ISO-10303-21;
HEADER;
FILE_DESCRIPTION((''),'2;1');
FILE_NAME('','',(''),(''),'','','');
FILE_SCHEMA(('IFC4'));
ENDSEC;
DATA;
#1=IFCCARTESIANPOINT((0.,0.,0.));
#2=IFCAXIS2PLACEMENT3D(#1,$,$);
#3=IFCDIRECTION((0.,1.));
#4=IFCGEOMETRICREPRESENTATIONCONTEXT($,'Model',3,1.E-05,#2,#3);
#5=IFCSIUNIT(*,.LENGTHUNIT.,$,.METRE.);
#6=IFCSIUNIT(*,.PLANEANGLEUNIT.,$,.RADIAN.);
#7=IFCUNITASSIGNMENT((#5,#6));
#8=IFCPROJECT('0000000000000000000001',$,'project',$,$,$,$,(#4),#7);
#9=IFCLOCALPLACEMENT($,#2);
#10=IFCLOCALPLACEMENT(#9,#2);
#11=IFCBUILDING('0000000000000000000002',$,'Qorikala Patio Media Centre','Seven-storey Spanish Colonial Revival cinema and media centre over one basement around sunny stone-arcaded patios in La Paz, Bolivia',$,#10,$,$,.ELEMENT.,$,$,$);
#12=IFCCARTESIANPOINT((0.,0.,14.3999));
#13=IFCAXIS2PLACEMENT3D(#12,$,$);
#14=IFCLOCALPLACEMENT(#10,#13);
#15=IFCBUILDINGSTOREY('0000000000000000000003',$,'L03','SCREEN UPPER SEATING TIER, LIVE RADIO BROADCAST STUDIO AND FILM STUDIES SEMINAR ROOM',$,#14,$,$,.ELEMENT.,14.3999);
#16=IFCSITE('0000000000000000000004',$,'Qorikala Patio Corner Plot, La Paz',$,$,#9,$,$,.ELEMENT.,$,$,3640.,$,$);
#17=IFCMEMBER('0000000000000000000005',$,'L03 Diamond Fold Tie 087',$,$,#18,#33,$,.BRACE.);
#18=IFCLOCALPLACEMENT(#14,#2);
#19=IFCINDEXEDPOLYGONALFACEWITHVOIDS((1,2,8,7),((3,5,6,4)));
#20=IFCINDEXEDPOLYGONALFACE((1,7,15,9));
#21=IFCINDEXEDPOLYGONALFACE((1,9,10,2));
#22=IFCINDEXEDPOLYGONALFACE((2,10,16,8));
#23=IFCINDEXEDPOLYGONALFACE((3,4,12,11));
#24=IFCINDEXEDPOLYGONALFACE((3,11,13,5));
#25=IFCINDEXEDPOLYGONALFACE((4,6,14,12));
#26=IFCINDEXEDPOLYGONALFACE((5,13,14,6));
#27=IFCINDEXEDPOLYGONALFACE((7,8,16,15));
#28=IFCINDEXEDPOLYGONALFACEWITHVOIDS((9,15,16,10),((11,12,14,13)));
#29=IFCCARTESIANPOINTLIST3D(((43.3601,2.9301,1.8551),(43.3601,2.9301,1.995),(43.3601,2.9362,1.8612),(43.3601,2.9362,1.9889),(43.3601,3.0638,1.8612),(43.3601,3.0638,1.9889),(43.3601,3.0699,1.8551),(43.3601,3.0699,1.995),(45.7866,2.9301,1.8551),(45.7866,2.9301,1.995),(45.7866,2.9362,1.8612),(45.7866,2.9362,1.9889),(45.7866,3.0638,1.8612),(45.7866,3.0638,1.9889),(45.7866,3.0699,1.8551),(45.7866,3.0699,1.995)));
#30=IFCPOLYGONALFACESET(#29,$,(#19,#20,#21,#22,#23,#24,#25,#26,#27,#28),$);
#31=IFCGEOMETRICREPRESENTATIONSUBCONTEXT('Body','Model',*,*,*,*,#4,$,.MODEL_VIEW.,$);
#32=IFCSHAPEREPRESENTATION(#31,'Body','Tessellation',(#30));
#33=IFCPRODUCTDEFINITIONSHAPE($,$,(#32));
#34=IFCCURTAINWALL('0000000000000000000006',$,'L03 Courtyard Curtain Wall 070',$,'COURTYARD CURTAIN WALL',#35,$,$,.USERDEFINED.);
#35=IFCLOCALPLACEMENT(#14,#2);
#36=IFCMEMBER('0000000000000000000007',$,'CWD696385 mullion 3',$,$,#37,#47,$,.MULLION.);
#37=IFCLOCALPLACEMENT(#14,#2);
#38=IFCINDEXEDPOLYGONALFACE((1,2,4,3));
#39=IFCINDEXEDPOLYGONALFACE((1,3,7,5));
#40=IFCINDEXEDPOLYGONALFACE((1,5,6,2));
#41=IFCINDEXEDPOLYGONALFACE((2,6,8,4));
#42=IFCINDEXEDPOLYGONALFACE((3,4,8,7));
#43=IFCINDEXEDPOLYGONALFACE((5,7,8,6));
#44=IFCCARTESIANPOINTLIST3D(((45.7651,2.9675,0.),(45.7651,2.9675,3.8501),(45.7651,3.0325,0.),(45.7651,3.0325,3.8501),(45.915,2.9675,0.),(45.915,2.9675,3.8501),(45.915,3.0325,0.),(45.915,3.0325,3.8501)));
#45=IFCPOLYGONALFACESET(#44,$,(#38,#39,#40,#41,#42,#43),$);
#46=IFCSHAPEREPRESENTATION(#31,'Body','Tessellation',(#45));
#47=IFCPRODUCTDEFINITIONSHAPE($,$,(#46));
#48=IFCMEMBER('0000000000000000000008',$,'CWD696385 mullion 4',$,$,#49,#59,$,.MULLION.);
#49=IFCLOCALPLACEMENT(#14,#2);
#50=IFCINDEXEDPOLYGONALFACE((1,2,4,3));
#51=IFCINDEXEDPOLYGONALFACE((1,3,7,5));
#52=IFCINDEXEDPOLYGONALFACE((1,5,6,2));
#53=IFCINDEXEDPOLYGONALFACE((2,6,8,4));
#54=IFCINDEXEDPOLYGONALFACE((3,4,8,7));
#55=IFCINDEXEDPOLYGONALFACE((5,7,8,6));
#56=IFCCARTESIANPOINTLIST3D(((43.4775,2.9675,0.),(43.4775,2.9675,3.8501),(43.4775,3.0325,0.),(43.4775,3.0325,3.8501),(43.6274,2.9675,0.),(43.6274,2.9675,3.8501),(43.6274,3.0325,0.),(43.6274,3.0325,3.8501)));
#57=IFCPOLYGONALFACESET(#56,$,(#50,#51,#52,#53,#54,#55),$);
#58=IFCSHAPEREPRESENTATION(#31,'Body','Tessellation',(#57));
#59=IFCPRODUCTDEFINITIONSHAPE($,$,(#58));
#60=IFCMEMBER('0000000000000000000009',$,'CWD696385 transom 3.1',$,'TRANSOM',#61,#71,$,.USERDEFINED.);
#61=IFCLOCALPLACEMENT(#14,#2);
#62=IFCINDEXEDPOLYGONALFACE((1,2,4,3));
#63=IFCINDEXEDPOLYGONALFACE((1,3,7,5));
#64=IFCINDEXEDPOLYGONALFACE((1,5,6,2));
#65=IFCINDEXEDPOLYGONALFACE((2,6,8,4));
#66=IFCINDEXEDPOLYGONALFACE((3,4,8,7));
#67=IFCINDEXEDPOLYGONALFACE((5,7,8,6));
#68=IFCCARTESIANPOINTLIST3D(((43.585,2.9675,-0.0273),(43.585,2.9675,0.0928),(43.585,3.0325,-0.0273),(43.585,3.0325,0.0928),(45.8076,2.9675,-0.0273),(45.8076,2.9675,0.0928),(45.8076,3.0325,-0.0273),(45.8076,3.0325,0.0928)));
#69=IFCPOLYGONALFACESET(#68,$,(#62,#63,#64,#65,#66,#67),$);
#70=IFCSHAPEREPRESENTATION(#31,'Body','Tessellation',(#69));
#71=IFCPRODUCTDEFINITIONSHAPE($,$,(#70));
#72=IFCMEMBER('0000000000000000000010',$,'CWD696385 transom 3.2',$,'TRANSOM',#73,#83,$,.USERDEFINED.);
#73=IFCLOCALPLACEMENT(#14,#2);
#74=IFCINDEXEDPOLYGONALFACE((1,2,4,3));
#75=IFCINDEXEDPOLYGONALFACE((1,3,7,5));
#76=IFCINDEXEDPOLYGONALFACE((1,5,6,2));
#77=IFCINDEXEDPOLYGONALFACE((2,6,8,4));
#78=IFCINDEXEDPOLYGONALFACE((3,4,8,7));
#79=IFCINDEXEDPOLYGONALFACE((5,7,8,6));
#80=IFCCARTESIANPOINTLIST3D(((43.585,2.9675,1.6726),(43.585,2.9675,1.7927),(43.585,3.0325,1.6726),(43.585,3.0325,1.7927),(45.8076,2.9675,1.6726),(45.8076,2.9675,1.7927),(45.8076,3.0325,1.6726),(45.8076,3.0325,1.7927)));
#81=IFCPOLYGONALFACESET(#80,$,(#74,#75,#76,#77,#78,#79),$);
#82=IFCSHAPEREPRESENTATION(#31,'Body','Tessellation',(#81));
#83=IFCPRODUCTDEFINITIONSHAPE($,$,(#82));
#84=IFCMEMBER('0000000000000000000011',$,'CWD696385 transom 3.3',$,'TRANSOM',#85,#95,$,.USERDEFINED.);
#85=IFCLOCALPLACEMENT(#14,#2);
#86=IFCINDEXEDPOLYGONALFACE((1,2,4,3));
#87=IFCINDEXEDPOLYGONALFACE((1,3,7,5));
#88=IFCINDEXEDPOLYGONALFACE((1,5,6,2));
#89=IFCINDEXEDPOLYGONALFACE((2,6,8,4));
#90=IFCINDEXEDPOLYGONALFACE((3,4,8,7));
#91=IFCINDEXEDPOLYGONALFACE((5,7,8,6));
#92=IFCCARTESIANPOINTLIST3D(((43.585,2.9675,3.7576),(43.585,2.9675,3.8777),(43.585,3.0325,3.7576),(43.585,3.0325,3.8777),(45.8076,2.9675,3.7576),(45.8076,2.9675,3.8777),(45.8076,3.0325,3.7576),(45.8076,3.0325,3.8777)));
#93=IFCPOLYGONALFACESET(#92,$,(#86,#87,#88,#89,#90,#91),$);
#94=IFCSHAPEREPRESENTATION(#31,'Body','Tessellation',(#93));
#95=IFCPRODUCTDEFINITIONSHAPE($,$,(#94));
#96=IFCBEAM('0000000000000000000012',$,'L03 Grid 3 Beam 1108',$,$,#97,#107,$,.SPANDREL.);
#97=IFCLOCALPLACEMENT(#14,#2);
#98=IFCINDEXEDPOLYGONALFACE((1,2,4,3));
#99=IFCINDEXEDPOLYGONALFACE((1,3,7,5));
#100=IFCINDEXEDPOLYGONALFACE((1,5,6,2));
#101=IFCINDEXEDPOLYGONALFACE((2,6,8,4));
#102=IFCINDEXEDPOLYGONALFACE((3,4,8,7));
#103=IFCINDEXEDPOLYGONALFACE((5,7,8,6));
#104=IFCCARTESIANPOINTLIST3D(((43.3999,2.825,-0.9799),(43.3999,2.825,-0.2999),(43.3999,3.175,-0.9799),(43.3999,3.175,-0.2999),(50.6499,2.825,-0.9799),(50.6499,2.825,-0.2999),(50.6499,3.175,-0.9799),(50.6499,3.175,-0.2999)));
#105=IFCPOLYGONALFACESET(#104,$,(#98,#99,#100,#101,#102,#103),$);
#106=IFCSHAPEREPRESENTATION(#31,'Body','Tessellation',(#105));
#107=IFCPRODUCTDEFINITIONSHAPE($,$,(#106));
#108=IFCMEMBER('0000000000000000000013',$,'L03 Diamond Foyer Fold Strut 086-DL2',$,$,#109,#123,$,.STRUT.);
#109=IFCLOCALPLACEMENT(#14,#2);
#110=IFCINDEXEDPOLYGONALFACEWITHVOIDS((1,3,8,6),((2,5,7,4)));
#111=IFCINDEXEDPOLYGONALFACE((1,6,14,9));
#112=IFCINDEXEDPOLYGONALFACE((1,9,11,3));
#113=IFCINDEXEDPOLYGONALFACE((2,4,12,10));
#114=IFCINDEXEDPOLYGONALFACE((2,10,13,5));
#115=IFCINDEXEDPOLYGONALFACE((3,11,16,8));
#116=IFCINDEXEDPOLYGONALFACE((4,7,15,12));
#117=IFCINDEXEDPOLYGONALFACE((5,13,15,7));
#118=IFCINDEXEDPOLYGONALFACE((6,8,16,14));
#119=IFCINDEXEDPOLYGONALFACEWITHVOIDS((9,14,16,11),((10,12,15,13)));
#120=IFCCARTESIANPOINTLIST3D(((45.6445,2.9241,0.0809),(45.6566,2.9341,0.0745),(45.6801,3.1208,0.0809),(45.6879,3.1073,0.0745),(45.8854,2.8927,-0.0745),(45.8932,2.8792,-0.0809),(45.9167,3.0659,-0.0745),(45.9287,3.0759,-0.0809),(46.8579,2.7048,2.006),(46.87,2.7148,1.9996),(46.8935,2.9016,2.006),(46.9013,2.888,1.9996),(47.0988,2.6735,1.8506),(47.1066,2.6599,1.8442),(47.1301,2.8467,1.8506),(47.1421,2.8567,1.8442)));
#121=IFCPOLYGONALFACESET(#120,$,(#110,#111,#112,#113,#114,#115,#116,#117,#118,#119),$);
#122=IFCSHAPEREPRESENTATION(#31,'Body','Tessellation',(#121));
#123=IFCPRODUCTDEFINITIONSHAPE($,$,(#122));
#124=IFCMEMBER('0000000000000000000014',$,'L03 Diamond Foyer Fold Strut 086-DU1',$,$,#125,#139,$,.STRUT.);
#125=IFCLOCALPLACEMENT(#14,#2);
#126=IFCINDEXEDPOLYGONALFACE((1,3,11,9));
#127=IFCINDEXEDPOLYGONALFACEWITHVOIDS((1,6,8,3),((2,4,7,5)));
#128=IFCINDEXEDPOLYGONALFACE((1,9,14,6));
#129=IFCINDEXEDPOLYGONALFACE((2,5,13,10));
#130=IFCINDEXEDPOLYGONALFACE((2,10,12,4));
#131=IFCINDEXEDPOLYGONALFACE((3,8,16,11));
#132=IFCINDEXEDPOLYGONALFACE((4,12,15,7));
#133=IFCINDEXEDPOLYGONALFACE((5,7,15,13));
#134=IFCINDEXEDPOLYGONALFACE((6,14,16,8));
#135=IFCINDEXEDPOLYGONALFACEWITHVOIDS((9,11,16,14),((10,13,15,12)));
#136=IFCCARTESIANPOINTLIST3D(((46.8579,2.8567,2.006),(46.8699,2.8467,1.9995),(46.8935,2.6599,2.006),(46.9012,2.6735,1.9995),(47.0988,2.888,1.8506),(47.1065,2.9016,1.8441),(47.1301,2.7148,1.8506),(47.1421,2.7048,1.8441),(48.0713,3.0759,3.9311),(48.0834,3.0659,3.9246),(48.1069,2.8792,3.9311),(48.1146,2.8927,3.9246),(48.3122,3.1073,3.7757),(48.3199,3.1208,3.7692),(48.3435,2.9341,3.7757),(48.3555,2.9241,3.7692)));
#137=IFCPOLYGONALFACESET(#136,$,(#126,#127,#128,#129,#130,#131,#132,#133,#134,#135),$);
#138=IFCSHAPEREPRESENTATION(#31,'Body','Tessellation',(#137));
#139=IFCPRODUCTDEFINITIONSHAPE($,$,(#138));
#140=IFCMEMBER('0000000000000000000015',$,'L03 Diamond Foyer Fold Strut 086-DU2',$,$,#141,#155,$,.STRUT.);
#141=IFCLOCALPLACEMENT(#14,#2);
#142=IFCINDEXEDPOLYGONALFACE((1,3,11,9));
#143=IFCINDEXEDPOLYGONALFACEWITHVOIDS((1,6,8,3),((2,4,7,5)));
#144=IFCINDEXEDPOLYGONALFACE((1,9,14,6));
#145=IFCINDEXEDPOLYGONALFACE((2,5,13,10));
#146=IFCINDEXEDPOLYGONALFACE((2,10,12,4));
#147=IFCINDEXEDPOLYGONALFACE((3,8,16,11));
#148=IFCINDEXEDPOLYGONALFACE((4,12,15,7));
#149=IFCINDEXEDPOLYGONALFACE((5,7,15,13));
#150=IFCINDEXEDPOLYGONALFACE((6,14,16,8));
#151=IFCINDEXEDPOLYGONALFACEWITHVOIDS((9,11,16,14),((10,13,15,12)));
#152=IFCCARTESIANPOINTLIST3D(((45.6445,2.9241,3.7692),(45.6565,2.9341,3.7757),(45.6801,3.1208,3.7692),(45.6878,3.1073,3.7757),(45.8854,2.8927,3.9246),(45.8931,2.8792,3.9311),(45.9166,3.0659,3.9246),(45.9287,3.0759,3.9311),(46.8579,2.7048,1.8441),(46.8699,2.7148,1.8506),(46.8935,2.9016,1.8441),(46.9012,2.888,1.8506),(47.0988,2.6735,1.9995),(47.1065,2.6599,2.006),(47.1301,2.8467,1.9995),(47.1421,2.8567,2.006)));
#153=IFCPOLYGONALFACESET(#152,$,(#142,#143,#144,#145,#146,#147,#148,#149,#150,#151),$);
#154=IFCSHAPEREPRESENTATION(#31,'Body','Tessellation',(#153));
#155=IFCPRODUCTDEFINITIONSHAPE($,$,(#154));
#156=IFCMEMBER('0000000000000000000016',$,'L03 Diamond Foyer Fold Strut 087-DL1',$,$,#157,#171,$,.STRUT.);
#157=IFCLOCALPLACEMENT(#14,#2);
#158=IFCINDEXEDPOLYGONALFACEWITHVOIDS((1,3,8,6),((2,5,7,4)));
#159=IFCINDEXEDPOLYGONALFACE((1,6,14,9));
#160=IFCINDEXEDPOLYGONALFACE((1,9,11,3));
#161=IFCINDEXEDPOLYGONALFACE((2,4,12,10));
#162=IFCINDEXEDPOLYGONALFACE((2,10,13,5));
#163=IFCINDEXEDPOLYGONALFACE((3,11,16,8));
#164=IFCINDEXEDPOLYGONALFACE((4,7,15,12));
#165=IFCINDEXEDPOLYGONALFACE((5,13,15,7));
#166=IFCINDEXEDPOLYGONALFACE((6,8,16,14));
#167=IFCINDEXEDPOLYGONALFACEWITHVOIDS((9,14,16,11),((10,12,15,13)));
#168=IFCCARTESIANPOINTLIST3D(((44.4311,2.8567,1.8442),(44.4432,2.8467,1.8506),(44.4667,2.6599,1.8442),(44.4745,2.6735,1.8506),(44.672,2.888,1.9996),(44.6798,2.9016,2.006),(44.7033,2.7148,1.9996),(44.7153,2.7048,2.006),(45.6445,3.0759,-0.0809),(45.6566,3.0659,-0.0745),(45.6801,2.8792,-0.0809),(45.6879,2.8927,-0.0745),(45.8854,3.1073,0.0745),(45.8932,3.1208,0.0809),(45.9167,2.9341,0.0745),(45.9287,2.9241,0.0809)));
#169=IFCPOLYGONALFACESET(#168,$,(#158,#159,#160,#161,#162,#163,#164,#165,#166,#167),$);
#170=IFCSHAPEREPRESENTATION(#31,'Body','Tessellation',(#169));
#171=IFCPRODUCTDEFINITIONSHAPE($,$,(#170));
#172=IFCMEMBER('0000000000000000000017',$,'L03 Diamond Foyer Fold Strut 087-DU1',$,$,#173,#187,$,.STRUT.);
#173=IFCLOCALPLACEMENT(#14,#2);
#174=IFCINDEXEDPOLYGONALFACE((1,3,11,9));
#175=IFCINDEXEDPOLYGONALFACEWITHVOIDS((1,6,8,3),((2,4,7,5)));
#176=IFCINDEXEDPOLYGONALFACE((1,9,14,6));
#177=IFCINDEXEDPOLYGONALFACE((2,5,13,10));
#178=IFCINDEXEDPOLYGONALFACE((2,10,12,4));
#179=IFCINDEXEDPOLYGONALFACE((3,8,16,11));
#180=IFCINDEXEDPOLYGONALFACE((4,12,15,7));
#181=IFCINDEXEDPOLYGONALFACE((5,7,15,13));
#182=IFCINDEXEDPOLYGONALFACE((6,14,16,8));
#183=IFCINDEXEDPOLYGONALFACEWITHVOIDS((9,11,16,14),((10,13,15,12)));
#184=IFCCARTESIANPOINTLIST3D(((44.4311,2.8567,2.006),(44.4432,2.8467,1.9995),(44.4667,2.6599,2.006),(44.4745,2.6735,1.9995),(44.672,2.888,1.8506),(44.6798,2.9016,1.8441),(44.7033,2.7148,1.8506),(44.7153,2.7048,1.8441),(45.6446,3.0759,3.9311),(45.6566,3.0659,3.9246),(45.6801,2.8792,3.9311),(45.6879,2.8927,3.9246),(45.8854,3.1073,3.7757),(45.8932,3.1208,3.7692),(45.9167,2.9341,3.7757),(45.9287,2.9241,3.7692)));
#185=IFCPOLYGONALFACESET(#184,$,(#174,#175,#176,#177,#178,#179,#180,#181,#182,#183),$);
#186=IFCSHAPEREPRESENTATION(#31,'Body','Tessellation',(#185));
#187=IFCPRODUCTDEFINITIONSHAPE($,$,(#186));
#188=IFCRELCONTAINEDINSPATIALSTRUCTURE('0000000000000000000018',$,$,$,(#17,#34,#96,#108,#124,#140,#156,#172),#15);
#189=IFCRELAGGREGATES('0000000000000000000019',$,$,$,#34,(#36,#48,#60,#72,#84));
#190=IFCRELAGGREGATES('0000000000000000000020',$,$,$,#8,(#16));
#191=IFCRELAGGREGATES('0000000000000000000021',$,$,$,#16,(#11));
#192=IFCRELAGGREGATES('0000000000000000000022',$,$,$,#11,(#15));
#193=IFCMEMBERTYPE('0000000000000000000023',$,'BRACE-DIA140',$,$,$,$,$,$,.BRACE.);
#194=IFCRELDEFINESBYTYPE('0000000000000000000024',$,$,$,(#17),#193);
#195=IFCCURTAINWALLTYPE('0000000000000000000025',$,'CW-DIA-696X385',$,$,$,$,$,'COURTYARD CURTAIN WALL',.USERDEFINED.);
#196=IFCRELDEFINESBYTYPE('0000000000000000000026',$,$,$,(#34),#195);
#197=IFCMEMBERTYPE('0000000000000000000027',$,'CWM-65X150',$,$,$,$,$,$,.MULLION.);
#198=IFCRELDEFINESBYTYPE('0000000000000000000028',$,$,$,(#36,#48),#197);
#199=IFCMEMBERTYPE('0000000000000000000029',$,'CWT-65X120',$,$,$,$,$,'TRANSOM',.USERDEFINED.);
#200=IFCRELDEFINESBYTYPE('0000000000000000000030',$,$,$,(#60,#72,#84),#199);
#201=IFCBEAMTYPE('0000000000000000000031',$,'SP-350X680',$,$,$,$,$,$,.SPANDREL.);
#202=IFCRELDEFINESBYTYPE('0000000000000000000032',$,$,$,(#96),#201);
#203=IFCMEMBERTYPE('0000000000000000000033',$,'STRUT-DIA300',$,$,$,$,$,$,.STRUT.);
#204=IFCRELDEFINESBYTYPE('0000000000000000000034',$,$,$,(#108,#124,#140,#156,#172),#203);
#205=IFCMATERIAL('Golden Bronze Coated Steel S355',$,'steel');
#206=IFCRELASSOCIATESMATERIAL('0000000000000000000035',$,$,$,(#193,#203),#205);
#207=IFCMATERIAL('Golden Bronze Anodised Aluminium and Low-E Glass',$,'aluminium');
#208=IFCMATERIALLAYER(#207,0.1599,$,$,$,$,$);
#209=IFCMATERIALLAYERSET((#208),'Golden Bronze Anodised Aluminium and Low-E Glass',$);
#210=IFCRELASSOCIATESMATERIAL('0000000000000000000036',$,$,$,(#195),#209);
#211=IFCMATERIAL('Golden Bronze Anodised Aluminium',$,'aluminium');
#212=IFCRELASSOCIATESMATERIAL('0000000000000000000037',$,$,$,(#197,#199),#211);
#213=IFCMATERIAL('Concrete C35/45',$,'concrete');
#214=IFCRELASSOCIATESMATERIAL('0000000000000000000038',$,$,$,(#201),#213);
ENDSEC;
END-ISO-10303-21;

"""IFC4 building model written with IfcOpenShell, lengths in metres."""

from ifc_helpers import new_model, si_unit, direction, frame, origin, origin_2d, place, context, subcontext, project, spatial, rectangle, hollow_rectangle, extrude, material, layer, layer_set, material_profile, profile_set, type_object, element, aggregate, save


model = new_model("IFC4")

# Units and contexts
model_context = context("Model", 3, precision=1e-05, world=origin(), true_north=direction((0.0, 1.0)))
body_context = subcontext(model_context, "Body", "Model", "MODEL_VIEW")
ifc_project = project(units=[si_unit("LENGTHUNIT", "METRE"), si_unit("PLANEANGLEUNIT", "RADIAN")], contexts=[model_context])

# Site, building, storey
site_placement = place(None, origin())
site = spatial("IfcSite", under=ifc_project, at=site_placement, Name="Qorikala Patio Corner Plot, La Paz", CompositionType="ELEMENT", RefElevation=3640.0)
building_placement = place(site_placement, origin())
building = spatial("IfcBuilding", under=site, at=building_placement, Name="Qorikala Patio Media Centre", Description="Seven-storey Spanish Colonial Revival cinema and media centre over one basement around sunny stone-arcaded patios in La Paz, Bolivia", CompositionType="ELEMENT")
storey_placement = place(building_placement, frame((0.0, 0.0, 14.3999)))
storey = spatial("IfcBuildingStorey", under=building, at=storey_placement, Name="L03", Description="SCREEN UPPER SEATING TIER, LIVE RADIO BROADCAST STUDIO AND FILM STUDIES SEMINAR ROOM", CompositionType="ELEMENT", Elevation=14.3999)

# Member
ifc_material_1 = material(Name="Golden Bronze Coated Steel S355", Category="steel")
ifc_material_profile_1 = material_profile(ifc_material_1, hollow_rectangle(XDim=0.1399, YDim=0.1399, WallThickness=0.0061, at=origin_2d()), Name="HSS140X140X6")
ifc_profile_set_1 = profile_set([ifc_material_profile_1], Name="Golden Bronze Coated Steel S355")
member_type_1 = type_object("IfcMemberType", Name="BRACE-DIA140", PredefinedType="BRACE", material=ifc_profile_set_1)
member_1_placement = place(storey_placement, frame((45.7866, 3.0, 1.925), z_axis=(-1.0, 0.0, 0.0), x_axis=(0.0, -1.0, 0.0)))
element("IfcMember", 1, at=member_1_placement, inside=storey, type_object=member_type_1, Name="L03 Diamond Fold Tie 087", PredefinedType="BRACE", context=body_context, shape_type="SweptSolid", body=[
    extrude(hollow_rectangle(XDim=0.1399, YDim=0.1399, WallThickness=0.0061, at=origin_2d()), origin(), (0.0, 0.0, 1.0), 2.4265),
])

# Curtain wall, members
ifc_material_2 = material(Name="Golden Bronze Anodised Aluminium and Low-E Glass", Category="aluminium")
ifc_layer_1 = layer(ifc_material_2, 0.1599)
ifc_layer_set_1 = layer_set([ifc_layer_1], Name="Golden Bronze Anodised Aluminium and Low-E Glass")
curtain_wall_type = type_object("IfcCurtainWallType", Name="CW-DIA-696X385", ElementType="COURTYARD CURTAIN WALL", PredefinedType="USERDEFINED", material=ifc_layer_set_1)
curtain_wall_placement = place(storey_placement, origin())
curtain_wall = element("IfcCurtainWall", 2, at=curtain_wall_placement, inside=storey, type_object=curtain_wall_type, Name="L03 Courtyard Curtain Wall 070", ObjectType="COURTYARD CURTAIN WALL", PredefinedType="USERDEFINED")
ifc_material_3 = material(Name="Golden Bronze Anodised Aluminium", Category="aluminium")
ifc_material_profile_2 = material_profile(ifc_material_3, rectangle(XDim=0.0649, YDim=0.1499, at=origin_2d()), Name="ALU MULLION 65x150")
ifc_profile_set_2 = profile_set([ifc_material_profile_2], Name="Golden Bronze Anodised Aluminium")
member_type_2 = type_object("IfcMemberType", Name="CWM-65X150", PredefinedType="MULLION", material=ifc_profile_set_2)
member_2_placement = place(storey_placement, frame((45.8401, 3.0, 0.0), z_axis=(0.0, 0.0, 1.0), x_axis=(0.0, -1.0, 0.0)))
member_2 = element("IfcMember", 3, at=member_2_placement, type_object=member_type_2, Name="CWD696385 mullion 3", PredefinedType="MULLION", context=body_context, shape_type="SweptSolid", body=[
    extrude(rectangle(XDim=0.0649, YDim=0.1499, at=origin_2d()), origin(), (0.0, 0.0, 1.0), 3.8501),
])
member_3_placement = place(storey_placement, frame((43.5525, 3.0, 0.0), z_axis=(0.0, 0.0, 1.0), x_axis=(0.0, -1.0, 0.0)))
member_3 = element("IfcMember", 4, at=member_3_placement, type_object=member_type_2, Name="CWD696385 mullion 4", PredefinedType="MULLION", context=body_context, shape_type="SweptSolid", body=[
    extrude(rectangle(XDim=0.0649, YDim=0.1499, at=origin_2d()), origin(), (0.0, 0.0, 1.0), 3.8501),
])
ifc_material_profile_3 = material_profile(ifc_material_3, rectangle(XDim=0.0649, YDim=0.1201, at=origin_2d()), Name="ALU TRANSOM 65x120")
ifc_profile_set_3 = profile_set([ifc_material_profile_3], Name="Golden Bronze Anodised Aluminium")
member_type_3 = type_object("IfcMemberType", Name="CWT-65X120", ElementType="TRANSOM", PredefinedType="USERDEFINED", material=ifc_profile_set_3)
member_4_placement = place(storey_placement, frame((45.8076, 3.0, 0.0327), z_axis=(-1.0, 0.0, 0.0), x_axis=(0.0, -1.0, 0.0)))
member_4 = element("IfcMember", 5, at=member_4_placement, type_object=member_type_3, Name="CWD696385 transom 3.1", ObjectType="TRANSOM", PredefinedType="USERDEFINED", context=body_context, shape_type="SweptSolid", body=[
    extrude(rectangle(XDim=0.0649, YDim=0.1201, at=origin_2d()), origin(), (0.0, 0.0, 1.0), 2.2227),
])
member_5_placement = place(storey_placement, frame((45.8076, 3.0, 1.7327), z_axis=(-1.0, 0.0, 0.0), x_axis=(0.0, -1.0, 0.0)))
member_5 = element("IfcMember", 6, at=member_5_placement, type_object=member_type_3, Name="CWD696385 transom 3.2", ObjectType="TRANSOM", PredefinedType="USERDEFINED", context=body_context, shape_type="SweptSolid", body=[
    extrude(rectangle(XDim=0.0649, YDim=0.1201, at=origin_2d()), origin(), (0.0, 0.0, 1.0), 2.2227),
])
member_6_placement = place(storey_placement, frame((45.8076, 3.0, 3.8176), z_axis=(-1.0, 0.0, 0.0), x_axis=(0.0, -1.0, 0.0)))
member_6 = element("IfcMember", 7, at=member_6_placement, type_object=member_type_3, Name="CWD696385 transom 3.3", ObjectType="TRANSOM", PredefinedType="USERDEFINED", context=body_context, shape_type="SweptSolid", body=[
    extrude(rectangle(XDim=0.0649, YDim=0.1201, at=origin_2d()), origin(), (0.0, 0.0, 1.0), 2.2227),
])

# Beam
ifc_material_4 = material(Name="Concrete C35/45", Category="concrete")
ifc_material_profile_4 = material_profile(ifc_material_4, rectangle(XDim=0.3501, YDim=0.6799, at=origin_2d()), Name="RC 350x680")
ifc_profile_set_4 = profile_set([ifc_material_profile_4], Name="Concrete C35/45")
beam_type = type_object("IfcBeamType", Name="SP-350X680", PredefinedType="SPANDREL", material=ifc_profile_set_4)
beam_placement = place(storey_placement, frame((43.3999, 3.0, -0.6399), z_axis=(1.0, 0.0, 0.0), x_axis=(0.0, 1.0, 0.0)))
element("IfcBeam", 8, at=beam_placement, inside=storey, type_object=beam_type, Name="L03 Grid 3 Beam 1108", PredefinedType="SPANDREL", context=body_context, shape_type="SweptSolid", body=[
    extrude(rectangle(XDim=0.3501, YDim=0.6799, at=origin_2d()), origin(), (0.0, 0.0, 1.0), 7.25),
])

# Members
ifc_material_profile_5 = material_profile(ifc_material_1, hollow_rectangle(XDim=0.2, YDim=0.3, WallThickness=0.012, at=origin_2d()), Name="HSS300X200X12")
ifc_profile_set_5 = profile_set([ifc_material_profile_5], Name="Golden Bronze Coated Steel S355")
member_type_4 = type_object("IfcMemberType", Name="STRUT-DIA300", PredefinedType="STRUT", material=ifc_profile_set_5)
for number, where, z_axis, x_axis, name in (
    (9, (45.7866, 3.0, 0.0), (0.530768, -0.095901, 0.842074), (0.177805, 0.984066, 0.0), "L03 Diamond Foyer Fold Strut 086-DL2"),
    (10, (47.0, 2.7808, 1.925), (0.530768, 0.095901, 0.842074), (-0.177805, 0.984066, 0.0), "L03 Diamond Foyer Fold Strut 086-DU1"),
    (11, (47.0, 2.7808, 1.925), (-0.530768, 0.095901, 0.842074), (-0.177805, -0.984066, 0.0), "L03 Diamond Foyer Fold Strut 086-DU2"),
    (12, (45.7866, 3.0, 0.0), (-0.530768, -0.095901, 0.842074), (0.177805, -0.984066, 0.0), "L03 Diamond Foyer Fold Strut 087-DL1"),
    (13, (44.5732, 2.7808, 1.925), (0.530768, 0.095901, 0.842074), (-0.177805, 0.984066, 0.0), "L03 Diamond Foyer Fold Strut 087-DU1"),
):
    element("IfcMember", number, at=place(storey_placement, frame(where, z_axis=z_axis, x_axis=x_axis)), inside=storey, type_object=member_type_4, Name=name, PredefinedType="STRUT", context=body_context, shape_type="SweptSolid", body=[
        extrude(hollow_rectangle(XDim=0.2, YDim=0.3, WallThickness=0.012, at=origin_2d()), origin(), (0.0, 0.0, 1.0), 2.2861),
    ])

aggregate(curtain_wall, [member_2, member_3, member_4, member_5, member_6])

save(model, "model.ifc")
